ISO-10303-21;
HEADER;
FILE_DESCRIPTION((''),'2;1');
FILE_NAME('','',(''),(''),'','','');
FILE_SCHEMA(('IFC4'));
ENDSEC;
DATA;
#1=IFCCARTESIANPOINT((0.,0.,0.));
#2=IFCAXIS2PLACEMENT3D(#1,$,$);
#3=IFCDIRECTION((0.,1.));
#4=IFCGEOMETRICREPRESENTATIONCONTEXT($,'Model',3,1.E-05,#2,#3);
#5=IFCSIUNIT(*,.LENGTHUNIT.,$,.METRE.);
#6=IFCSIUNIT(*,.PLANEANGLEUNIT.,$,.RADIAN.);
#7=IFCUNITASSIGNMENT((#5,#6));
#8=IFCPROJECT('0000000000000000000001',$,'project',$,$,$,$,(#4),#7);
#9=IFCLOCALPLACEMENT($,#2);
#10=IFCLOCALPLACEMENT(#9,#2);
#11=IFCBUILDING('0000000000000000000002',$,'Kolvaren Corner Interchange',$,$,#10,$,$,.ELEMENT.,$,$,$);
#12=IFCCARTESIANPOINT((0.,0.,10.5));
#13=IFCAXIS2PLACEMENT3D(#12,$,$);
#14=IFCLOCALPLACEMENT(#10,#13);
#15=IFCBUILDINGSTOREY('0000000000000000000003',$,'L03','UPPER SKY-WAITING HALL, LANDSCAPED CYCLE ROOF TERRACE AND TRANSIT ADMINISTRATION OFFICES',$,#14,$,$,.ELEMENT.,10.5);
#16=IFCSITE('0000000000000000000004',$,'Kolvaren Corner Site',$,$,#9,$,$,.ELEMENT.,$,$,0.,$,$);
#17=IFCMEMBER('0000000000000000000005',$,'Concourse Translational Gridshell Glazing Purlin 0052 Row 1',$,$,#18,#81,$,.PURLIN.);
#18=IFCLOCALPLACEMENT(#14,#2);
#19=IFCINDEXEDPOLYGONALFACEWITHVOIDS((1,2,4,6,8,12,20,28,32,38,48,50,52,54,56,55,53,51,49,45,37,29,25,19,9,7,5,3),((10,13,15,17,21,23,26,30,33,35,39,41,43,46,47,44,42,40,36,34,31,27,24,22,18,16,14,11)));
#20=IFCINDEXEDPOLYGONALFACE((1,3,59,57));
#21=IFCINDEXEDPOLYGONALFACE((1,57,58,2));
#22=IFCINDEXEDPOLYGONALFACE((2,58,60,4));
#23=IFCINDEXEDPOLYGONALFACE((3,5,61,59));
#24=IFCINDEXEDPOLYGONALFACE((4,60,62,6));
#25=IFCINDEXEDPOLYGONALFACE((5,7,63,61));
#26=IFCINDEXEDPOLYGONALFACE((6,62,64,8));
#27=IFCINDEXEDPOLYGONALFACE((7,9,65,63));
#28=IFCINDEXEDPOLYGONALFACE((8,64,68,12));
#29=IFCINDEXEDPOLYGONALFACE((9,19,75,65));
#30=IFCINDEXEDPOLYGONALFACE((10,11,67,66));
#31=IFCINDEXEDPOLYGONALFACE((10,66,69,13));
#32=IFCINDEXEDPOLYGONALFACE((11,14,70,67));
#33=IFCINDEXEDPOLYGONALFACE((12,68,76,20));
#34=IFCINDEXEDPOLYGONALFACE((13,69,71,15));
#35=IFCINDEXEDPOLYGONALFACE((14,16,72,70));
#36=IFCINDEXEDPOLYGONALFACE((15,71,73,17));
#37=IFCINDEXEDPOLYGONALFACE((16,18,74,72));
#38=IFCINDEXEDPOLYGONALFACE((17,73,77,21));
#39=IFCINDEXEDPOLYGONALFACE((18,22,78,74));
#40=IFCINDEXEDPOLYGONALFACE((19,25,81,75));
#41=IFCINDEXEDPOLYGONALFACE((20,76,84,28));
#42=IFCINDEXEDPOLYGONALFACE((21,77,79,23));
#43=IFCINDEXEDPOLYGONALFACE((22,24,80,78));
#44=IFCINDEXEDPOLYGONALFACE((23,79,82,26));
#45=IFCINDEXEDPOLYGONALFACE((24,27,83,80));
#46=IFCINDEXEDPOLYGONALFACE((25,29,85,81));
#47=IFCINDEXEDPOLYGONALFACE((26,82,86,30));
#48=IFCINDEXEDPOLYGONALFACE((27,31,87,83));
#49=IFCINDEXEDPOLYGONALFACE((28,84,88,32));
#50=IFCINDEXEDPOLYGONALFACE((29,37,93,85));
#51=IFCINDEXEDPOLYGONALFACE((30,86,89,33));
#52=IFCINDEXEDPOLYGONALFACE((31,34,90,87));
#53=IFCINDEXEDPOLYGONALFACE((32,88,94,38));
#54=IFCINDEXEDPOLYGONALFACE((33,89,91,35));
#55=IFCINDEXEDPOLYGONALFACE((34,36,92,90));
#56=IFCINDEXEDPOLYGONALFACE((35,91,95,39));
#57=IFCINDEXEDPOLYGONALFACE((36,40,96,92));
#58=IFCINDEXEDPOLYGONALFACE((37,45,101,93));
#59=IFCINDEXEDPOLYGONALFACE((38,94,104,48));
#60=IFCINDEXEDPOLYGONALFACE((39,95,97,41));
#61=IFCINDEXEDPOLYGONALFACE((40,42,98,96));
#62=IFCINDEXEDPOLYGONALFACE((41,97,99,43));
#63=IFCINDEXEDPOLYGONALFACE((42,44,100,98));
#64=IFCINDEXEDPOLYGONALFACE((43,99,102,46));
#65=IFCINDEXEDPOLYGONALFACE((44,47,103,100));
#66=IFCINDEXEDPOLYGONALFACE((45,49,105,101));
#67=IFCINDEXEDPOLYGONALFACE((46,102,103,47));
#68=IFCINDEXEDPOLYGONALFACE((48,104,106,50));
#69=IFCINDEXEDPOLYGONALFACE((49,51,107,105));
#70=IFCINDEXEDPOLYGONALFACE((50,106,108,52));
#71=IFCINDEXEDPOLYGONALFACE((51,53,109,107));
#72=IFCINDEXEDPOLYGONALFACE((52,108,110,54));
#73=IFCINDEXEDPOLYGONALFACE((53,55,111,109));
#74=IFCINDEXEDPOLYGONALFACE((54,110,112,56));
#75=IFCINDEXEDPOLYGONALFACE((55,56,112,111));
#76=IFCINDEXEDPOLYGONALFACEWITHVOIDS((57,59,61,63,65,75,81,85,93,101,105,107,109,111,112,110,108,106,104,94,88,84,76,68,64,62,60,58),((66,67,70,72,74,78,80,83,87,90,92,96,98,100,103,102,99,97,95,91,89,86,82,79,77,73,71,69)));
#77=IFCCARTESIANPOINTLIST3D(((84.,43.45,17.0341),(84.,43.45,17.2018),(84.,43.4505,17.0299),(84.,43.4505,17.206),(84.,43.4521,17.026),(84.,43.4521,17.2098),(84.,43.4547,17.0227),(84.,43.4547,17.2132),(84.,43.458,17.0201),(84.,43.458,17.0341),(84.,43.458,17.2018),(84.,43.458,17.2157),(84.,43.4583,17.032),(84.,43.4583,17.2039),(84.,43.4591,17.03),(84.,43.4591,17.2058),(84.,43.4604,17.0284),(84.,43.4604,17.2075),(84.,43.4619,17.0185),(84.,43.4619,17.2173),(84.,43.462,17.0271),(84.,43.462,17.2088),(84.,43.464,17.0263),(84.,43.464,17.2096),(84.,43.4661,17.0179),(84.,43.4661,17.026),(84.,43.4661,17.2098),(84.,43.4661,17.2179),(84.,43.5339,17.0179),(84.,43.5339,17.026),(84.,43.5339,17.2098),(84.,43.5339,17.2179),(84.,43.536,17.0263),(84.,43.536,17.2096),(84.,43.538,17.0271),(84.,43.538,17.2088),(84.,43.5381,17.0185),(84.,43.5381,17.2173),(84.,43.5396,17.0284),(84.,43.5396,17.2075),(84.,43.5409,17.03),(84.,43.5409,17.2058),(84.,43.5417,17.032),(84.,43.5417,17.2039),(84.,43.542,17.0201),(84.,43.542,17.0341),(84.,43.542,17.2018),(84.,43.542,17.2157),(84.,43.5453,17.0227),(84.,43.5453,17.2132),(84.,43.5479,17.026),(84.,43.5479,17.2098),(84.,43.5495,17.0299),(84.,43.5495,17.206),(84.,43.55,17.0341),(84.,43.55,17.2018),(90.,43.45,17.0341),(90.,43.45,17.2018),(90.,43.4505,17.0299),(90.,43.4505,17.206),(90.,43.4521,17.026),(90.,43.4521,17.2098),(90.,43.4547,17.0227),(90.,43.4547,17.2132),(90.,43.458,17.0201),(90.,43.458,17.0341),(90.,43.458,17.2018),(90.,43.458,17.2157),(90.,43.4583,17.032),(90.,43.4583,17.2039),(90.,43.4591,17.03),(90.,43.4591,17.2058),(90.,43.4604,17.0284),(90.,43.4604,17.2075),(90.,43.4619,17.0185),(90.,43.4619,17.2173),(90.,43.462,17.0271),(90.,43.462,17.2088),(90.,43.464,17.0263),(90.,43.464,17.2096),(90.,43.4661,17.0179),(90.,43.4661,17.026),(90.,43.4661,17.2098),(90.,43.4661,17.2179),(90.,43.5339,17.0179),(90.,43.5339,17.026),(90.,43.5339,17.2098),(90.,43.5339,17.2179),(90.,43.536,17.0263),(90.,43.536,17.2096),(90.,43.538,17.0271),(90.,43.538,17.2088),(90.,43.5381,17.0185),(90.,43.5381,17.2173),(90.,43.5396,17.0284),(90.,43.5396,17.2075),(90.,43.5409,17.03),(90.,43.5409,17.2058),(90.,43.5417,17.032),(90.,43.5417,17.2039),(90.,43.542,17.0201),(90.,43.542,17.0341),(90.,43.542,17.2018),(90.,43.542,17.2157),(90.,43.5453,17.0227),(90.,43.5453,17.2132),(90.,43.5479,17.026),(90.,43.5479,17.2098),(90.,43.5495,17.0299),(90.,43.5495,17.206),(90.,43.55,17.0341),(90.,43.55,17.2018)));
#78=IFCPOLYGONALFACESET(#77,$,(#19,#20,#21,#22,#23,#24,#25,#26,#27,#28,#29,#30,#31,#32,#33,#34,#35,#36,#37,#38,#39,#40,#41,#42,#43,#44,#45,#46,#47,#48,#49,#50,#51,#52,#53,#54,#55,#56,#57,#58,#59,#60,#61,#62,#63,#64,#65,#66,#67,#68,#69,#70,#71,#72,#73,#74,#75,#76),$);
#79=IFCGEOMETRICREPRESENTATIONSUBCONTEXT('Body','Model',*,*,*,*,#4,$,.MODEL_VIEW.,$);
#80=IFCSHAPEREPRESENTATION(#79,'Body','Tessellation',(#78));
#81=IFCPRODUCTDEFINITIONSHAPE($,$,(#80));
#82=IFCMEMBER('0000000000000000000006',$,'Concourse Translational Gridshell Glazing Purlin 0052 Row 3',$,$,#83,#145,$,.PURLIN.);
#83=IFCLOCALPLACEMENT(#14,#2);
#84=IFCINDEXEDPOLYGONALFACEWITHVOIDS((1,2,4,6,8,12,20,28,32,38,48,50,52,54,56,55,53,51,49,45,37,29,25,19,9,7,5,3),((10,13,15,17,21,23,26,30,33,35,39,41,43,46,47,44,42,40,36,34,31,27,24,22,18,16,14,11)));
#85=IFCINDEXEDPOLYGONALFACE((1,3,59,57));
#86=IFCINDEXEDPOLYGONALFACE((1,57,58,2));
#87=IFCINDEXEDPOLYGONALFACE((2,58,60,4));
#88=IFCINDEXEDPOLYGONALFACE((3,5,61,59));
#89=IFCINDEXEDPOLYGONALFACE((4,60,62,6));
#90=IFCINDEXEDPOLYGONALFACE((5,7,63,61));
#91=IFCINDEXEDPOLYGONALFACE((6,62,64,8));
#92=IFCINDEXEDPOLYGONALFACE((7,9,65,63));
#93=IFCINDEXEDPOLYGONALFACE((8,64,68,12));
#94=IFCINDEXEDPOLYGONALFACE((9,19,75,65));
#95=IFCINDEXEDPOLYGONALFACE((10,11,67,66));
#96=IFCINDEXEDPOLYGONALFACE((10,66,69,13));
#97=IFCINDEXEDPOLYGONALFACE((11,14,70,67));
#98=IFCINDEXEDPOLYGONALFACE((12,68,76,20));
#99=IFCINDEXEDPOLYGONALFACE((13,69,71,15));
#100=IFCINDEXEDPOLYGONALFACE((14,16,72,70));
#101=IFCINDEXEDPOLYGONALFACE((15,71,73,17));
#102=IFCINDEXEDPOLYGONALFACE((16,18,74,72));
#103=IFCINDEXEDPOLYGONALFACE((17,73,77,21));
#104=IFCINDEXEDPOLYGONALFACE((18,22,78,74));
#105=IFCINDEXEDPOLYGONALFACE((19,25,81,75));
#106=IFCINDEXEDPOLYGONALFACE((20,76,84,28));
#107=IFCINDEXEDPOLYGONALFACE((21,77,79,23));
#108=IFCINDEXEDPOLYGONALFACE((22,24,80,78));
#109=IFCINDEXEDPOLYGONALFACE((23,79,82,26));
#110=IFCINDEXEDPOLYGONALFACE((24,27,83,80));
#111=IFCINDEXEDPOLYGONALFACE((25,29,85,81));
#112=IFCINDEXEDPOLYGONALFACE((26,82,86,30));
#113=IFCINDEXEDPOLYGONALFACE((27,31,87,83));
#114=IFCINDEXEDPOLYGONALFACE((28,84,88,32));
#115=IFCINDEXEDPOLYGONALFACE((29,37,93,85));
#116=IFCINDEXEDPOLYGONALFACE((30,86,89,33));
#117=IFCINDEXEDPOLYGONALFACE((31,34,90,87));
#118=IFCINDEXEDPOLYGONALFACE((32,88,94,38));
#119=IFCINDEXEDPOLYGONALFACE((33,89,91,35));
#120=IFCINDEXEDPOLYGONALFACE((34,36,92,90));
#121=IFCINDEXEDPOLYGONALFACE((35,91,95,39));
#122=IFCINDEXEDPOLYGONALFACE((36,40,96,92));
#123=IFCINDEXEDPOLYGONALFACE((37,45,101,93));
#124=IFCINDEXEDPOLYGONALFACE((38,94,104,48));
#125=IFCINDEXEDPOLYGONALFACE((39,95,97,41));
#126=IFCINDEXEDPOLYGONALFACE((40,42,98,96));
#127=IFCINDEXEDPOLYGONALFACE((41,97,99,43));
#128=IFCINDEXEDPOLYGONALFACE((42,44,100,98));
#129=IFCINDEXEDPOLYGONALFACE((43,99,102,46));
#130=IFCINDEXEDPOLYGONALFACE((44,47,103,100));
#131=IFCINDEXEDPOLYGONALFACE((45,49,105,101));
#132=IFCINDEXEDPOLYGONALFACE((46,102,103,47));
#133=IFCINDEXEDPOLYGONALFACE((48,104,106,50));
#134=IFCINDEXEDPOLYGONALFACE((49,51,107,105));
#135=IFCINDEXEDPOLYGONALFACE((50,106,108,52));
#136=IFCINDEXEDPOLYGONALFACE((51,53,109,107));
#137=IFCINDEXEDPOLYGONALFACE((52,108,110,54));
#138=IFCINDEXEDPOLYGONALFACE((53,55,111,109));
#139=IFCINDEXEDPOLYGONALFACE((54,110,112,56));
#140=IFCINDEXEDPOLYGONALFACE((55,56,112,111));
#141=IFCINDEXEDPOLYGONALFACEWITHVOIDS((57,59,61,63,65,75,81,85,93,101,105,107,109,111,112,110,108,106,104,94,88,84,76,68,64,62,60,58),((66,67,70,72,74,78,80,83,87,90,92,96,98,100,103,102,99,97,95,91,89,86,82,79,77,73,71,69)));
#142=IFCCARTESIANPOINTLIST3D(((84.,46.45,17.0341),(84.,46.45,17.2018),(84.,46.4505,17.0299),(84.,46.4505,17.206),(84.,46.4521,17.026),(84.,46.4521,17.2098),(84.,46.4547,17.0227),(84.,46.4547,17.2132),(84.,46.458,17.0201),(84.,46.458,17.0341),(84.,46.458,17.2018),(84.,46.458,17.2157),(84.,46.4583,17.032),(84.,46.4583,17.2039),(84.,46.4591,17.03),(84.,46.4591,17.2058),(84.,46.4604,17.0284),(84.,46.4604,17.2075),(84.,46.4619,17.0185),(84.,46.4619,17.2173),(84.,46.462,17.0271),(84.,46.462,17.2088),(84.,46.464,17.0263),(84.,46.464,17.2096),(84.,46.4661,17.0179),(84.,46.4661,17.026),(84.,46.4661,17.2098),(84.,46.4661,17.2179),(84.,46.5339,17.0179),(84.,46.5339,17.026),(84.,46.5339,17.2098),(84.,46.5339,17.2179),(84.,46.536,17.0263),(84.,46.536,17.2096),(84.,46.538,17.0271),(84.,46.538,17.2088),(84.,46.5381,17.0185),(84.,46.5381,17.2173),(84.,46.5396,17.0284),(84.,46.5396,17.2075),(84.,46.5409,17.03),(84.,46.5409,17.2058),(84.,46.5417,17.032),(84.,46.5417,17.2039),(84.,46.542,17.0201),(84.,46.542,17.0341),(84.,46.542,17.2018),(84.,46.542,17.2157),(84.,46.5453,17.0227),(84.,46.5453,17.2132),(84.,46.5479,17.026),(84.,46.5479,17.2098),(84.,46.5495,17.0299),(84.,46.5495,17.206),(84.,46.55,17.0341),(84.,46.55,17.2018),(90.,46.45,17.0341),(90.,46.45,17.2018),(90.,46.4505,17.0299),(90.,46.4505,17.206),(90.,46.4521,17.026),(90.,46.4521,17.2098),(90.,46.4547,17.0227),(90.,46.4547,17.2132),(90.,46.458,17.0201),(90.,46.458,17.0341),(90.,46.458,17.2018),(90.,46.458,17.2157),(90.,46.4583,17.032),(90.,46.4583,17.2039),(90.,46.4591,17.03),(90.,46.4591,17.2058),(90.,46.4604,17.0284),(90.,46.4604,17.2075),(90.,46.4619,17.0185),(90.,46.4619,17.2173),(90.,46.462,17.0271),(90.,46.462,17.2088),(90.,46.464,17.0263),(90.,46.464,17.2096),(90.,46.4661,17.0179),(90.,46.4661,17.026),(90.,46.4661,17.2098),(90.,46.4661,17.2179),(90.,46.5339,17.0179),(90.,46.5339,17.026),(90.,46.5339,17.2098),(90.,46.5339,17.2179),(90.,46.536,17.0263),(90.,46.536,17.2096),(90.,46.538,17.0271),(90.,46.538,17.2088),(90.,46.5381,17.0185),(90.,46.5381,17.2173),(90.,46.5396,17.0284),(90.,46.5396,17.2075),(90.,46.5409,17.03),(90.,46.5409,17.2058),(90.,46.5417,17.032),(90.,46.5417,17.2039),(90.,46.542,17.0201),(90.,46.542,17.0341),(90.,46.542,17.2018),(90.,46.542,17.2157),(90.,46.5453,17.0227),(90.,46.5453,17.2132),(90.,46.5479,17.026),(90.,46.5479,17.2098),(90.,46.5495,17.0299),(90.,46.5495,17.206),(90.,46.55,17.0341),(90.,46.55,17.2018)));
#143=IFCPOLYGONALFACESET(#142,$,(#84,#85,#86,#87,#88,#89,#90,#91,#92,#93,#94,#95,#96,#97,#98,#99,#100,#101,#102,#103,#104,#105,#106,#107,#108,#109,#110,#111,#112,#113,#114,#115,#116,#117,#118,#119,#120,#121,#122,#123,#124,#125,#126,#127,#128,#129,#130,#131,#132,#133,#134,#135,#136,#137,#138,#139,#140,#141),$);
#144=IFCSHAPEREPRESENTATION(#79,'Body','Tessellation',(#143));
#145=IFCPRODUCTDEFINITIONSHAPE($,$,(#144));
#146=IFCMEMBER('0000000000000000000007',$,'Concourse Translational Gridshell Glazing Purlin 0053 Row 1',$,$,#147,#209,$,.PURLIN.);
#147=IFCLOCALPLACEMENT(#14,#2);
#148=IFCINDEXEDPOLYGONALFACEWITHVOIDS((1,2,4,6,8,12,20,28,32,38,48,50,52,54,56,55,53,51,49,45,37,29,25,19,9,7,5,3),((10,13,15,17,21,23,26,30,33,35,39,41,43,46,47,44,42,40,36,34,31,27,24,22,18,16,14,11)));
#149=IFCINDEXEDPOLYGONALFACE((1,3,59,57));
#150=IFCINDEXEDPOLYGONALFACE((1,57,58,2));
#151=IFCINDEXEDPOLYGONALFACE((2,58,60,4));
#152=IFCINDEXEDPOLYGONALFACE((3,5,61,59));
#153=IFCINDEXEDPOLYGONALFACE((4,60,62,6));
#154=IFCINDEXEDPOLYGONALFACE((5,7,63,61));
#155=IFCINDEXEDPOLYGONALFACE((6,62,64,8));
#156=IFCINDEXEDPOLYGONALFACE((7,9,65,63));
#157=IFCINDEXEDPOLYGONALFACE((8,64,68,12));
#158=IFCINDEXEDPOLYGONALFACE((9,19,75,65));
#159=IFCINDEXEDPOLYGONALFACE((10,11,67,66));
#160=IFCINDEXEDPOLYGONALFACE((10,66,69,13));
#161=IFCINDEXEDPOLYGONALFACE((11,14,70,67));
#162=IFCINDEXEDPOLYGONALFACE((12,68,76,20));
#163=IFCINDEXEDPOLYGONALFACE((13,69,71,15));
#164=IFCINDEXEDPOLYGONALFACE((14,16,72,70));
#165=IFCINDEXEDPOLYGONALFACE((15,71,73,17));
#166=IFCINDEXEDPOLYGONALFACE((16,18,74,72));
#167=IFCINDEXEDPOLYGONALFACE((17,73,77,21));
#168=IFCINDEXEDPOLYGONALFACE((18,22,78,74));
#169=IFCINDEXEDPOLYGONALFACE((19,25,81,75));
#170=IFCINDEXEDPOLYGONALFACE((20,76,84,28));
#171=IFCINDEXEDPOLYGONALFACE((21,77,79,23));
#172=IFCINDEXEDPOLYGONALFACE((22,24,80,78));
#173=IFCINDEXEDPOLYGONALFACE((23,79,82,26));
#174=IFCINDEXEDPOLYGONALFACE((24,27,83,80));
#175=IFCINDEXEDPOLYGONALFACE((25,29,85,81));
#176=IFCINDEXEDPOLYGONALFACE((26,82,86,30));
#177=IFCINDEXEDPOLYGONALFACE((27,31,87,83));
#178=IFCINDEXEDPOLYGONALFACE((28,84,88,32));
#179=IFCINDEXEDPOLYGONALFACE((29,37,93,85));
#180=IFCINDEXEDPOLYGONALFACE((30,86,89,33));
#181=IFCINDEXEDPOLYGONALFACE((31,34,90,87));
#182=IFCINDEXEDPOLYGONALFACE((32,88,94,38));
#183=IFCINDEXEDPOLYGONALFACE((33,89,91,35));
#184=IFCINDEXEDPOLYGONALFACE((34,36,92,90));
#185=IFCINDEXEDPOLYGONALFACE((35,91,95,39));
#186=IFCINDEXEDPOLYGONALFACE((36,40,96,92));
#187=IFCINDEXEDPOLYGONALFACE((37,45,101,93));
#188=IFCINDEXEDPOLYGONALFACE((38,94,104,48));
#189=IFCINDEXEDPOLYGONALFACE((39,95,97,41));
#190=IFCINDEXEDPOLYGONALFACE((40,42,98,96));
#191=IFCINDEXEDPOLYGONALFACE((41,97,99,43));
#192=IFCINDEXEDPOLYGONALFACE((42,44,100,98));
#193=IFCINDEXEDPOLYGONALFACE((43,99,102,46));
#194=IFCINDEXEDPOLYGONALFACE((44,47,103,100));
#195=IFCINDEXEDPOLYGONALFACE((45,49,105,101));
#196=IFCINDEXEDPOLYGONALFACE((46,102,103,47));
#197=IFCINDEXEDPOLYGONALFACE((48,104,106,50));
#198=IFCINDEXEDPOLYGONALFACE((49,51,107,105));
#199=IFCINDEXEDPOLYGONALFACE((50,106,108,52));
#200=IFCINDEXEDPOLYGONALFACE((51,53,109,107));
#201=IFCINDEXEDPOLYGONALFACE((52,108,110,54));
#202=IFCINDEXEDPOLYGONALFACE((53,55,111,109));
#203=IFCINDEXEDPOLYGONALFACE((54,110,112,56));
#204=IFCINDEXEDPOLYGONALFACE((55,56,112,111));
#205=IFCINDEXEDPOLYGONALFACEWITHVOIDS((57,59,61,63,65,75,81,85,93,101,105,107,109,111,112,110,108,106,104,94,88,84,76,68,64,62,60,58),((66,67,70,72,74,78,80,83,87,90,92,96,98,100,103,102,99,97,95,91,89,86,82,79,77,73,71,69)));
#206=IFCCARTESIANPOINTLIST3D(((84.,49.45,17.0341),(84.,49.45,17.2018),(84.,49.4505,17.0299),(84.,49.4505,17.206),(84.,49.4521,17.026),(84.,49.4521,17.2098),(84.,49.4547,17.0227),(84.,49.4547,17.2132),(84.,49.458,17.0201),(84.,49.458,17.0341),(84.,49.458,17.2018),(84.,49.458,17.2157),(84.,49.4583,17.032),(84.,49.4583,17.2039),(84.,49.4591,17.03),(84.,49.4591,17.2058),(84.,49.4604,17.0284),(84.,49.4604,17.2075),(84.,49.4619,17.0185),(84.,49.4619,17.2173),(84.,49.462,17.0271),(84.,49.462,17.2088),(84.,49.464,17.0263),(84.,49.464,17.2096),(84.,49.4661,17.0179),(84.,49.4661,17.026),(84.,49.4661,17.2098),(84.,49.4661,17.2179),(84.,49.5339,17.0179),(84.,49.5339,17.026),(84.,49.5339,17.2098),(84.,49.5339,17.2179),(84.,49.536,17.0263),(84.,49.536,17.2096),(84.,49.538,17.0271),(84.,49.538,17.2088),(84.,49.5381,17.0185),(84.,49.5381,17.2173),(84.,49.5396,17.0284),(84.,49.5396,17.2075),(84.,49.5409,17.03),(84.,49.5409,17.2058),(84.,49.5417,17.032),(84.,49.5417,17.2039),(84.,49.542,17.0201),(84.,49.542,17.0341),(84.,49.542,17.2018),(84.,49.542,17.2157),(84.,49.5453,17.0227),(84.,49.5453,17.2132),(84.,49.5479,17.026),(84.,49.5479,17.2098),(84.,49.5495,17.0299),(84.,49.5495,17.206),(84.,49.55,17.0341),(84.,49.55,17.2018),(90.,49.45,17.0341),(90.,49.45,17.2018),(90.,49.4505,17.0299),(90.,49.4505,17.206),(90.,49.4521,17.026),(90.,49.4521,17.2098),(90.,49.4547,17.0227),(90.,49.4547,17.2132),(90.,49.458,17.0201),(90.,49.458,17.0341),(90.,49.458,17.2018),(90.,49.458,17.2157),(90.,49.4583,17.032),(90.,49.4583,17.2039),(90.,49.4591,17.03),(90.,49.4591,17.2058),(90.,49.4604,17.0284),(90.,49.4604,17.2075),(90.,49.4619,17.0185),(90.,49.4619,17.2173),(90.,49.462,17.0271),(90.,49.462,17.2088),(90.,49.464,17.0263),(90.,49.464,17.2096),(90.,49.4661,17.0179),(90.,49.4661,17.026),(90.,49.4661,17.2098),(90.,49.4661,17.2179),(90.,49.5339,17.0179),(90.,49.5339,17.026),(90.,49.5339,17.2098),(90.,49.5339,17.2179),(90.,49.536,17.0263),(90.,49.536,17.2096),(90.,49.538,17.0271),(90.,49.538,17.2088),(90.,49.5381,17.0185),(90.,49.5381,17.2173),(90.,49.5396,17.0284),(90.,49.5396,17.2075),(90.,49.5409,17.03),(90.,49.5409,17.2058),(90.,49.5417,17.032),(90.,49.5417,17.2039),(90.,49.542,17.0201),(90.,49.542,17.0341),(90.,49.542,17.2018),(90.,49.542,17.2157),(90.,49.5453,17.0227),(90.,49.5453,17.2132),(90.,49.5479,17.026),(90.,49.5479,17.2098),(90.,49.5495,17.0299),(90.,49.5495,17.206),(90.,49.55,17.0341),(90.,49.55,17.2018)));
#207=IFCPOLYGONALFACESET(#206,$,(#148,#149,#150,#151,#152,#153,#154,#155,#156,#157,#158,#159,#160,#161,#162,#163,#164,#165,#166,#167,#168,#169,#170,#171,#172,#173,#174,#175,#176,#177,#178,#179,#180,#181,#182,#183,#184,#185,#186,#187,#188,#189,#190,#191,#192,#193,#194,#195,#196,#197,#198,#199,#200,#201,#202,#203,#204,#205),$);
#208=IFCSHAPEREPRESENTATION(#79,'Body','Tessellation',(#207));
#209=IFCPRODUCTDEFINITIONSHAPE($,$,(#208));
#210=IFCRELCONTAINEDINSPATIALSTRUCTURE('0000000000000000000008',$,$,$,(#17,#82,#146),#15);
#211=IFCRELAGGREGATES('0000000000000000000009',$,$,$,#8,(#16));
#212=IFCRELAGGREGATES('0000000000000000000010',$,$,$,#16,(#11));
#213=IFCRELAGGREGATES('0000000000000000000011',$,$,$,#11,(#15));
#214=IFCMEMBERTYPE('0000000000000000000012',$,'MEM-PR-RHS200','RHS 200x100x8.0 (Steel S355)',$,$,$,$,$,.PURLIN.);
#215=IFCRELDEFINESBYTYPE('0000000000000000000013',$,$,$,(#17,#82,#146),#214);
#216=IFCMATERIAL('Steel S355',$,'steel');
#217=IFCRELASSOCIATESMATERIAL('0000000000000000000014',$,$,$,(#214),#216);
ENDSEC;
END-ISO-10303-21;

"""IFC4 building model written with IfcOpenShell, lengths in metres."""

from ifc_helpers import new_model, si_unit, direction, frame, origin, origin_2d, place, context, subcontext, project, spatial, hollow_rectangle, extrude, material, material_profile, profile_set, type_object, element, save


model = new_model("IFC4")

# Units and contexts
model_context = context("Model", 3, precision=1e-05, world=origin(), true_north=direction((0.0, 1.0)))
body_context = subcontext(model_context, "Body", "Model", "MODEL_VIEW")
ifc_project = project(units=[si_unit("LENGTHUNIT", "METRE"), si_unit("PLANEANGLEUNIT", "RADIAN")], contexts=[model_context])

# Site, building, storey
site_placement = place(None, origin())
site = spatial("IfcSite", under=ifc_project, at=site_placement, Name="Kolvaren Corner Site", CompositionType="ELEMENT", RefElevation=0.0)
building_placement = place(site_placement, origin())
building = spatial("IfcBuilding", under=site, at=building_placement, Name="Kolvaren Corner Interchange", CompositionType="ELEMENT")
storey_placement = place(building_placement, frame((0.0, 0.0, 10.5)))
storey = spatial("IfcBuildingStorey", under=building, at=storey_placement, Name="L03", Description="UPPER SKY-WAITING HALL, LANDSCAPED CYCLE ROOF TERRACE AND TRANSIT ADMINISTRATION OFFICES", CompositionType="ELEMENT", Elevation=10.5)

# Members
ifc_material_1 = material(Name="Steel S355", Category="steel")
ifc_material_profile_1 = material_profile(ifc_material_1, hollow_rectangle(XDim=0.1001, YDim=0.2, WallThickness=0.0081, InnerFilletRadius=0.0081, OuterFilletRadius=0.0161, at=origin_2d()), Name="RHS 200x100x8.0")
ifc_profile_set_1 = profile_set([ifc_material_profile_1], Name="Steel S355")
member_type_1 = type_object("IfcMemberType", Name="MEM-PR-RHS200", Description="RHS 200x100x8.0 (Steel S355)", PredefinedType="PURLIN", material=ifc_profile_set_1)
for number, where, z_axis, x_axis, name in (
    (1, (84.0, 43.5, 17.1179), (1.0, 0.0, 0.0), (0.0, 1.0, 0.0), "Concourse Translational Gridshell Glazing Purlin 0052 Row 1"),
    (2, (84.0, 46.5, 17.1179), (1.0, 0.0, 0.0), (0.0, 1.0, 0.0), "Concourse Translational Gridshell Glazing Purlin 0052 Row 3"),
    (3, (84.0, 49.5, 17.1179), (1.0, 0.0, 0.0), (0.0, 1.0, 0.0), "Concourse Translational Gridshell Glazing Purlin 0053 Row 1"),
):
    element("IfcMember", number, at=place(storey_placement, frame(where, z_axis=z_axis, x_axis=x_axis)), inside=storey, type_object=member_type_1, Name=name, PredefinedType="PURLIN", context=body_context, shape_type="SweptSolid", body=[
        extrude(hollow_rectangle(XDim=0.1001, YDim=0.2, WallThickness=0.0081, InnerFilletRadius=0.0081, OuterFilletRadius=0.0161, at=origin_2d()), origin(), (0.0, 0.0, 1.0), 6.0),
    ])

save(model, "model.ifc")
